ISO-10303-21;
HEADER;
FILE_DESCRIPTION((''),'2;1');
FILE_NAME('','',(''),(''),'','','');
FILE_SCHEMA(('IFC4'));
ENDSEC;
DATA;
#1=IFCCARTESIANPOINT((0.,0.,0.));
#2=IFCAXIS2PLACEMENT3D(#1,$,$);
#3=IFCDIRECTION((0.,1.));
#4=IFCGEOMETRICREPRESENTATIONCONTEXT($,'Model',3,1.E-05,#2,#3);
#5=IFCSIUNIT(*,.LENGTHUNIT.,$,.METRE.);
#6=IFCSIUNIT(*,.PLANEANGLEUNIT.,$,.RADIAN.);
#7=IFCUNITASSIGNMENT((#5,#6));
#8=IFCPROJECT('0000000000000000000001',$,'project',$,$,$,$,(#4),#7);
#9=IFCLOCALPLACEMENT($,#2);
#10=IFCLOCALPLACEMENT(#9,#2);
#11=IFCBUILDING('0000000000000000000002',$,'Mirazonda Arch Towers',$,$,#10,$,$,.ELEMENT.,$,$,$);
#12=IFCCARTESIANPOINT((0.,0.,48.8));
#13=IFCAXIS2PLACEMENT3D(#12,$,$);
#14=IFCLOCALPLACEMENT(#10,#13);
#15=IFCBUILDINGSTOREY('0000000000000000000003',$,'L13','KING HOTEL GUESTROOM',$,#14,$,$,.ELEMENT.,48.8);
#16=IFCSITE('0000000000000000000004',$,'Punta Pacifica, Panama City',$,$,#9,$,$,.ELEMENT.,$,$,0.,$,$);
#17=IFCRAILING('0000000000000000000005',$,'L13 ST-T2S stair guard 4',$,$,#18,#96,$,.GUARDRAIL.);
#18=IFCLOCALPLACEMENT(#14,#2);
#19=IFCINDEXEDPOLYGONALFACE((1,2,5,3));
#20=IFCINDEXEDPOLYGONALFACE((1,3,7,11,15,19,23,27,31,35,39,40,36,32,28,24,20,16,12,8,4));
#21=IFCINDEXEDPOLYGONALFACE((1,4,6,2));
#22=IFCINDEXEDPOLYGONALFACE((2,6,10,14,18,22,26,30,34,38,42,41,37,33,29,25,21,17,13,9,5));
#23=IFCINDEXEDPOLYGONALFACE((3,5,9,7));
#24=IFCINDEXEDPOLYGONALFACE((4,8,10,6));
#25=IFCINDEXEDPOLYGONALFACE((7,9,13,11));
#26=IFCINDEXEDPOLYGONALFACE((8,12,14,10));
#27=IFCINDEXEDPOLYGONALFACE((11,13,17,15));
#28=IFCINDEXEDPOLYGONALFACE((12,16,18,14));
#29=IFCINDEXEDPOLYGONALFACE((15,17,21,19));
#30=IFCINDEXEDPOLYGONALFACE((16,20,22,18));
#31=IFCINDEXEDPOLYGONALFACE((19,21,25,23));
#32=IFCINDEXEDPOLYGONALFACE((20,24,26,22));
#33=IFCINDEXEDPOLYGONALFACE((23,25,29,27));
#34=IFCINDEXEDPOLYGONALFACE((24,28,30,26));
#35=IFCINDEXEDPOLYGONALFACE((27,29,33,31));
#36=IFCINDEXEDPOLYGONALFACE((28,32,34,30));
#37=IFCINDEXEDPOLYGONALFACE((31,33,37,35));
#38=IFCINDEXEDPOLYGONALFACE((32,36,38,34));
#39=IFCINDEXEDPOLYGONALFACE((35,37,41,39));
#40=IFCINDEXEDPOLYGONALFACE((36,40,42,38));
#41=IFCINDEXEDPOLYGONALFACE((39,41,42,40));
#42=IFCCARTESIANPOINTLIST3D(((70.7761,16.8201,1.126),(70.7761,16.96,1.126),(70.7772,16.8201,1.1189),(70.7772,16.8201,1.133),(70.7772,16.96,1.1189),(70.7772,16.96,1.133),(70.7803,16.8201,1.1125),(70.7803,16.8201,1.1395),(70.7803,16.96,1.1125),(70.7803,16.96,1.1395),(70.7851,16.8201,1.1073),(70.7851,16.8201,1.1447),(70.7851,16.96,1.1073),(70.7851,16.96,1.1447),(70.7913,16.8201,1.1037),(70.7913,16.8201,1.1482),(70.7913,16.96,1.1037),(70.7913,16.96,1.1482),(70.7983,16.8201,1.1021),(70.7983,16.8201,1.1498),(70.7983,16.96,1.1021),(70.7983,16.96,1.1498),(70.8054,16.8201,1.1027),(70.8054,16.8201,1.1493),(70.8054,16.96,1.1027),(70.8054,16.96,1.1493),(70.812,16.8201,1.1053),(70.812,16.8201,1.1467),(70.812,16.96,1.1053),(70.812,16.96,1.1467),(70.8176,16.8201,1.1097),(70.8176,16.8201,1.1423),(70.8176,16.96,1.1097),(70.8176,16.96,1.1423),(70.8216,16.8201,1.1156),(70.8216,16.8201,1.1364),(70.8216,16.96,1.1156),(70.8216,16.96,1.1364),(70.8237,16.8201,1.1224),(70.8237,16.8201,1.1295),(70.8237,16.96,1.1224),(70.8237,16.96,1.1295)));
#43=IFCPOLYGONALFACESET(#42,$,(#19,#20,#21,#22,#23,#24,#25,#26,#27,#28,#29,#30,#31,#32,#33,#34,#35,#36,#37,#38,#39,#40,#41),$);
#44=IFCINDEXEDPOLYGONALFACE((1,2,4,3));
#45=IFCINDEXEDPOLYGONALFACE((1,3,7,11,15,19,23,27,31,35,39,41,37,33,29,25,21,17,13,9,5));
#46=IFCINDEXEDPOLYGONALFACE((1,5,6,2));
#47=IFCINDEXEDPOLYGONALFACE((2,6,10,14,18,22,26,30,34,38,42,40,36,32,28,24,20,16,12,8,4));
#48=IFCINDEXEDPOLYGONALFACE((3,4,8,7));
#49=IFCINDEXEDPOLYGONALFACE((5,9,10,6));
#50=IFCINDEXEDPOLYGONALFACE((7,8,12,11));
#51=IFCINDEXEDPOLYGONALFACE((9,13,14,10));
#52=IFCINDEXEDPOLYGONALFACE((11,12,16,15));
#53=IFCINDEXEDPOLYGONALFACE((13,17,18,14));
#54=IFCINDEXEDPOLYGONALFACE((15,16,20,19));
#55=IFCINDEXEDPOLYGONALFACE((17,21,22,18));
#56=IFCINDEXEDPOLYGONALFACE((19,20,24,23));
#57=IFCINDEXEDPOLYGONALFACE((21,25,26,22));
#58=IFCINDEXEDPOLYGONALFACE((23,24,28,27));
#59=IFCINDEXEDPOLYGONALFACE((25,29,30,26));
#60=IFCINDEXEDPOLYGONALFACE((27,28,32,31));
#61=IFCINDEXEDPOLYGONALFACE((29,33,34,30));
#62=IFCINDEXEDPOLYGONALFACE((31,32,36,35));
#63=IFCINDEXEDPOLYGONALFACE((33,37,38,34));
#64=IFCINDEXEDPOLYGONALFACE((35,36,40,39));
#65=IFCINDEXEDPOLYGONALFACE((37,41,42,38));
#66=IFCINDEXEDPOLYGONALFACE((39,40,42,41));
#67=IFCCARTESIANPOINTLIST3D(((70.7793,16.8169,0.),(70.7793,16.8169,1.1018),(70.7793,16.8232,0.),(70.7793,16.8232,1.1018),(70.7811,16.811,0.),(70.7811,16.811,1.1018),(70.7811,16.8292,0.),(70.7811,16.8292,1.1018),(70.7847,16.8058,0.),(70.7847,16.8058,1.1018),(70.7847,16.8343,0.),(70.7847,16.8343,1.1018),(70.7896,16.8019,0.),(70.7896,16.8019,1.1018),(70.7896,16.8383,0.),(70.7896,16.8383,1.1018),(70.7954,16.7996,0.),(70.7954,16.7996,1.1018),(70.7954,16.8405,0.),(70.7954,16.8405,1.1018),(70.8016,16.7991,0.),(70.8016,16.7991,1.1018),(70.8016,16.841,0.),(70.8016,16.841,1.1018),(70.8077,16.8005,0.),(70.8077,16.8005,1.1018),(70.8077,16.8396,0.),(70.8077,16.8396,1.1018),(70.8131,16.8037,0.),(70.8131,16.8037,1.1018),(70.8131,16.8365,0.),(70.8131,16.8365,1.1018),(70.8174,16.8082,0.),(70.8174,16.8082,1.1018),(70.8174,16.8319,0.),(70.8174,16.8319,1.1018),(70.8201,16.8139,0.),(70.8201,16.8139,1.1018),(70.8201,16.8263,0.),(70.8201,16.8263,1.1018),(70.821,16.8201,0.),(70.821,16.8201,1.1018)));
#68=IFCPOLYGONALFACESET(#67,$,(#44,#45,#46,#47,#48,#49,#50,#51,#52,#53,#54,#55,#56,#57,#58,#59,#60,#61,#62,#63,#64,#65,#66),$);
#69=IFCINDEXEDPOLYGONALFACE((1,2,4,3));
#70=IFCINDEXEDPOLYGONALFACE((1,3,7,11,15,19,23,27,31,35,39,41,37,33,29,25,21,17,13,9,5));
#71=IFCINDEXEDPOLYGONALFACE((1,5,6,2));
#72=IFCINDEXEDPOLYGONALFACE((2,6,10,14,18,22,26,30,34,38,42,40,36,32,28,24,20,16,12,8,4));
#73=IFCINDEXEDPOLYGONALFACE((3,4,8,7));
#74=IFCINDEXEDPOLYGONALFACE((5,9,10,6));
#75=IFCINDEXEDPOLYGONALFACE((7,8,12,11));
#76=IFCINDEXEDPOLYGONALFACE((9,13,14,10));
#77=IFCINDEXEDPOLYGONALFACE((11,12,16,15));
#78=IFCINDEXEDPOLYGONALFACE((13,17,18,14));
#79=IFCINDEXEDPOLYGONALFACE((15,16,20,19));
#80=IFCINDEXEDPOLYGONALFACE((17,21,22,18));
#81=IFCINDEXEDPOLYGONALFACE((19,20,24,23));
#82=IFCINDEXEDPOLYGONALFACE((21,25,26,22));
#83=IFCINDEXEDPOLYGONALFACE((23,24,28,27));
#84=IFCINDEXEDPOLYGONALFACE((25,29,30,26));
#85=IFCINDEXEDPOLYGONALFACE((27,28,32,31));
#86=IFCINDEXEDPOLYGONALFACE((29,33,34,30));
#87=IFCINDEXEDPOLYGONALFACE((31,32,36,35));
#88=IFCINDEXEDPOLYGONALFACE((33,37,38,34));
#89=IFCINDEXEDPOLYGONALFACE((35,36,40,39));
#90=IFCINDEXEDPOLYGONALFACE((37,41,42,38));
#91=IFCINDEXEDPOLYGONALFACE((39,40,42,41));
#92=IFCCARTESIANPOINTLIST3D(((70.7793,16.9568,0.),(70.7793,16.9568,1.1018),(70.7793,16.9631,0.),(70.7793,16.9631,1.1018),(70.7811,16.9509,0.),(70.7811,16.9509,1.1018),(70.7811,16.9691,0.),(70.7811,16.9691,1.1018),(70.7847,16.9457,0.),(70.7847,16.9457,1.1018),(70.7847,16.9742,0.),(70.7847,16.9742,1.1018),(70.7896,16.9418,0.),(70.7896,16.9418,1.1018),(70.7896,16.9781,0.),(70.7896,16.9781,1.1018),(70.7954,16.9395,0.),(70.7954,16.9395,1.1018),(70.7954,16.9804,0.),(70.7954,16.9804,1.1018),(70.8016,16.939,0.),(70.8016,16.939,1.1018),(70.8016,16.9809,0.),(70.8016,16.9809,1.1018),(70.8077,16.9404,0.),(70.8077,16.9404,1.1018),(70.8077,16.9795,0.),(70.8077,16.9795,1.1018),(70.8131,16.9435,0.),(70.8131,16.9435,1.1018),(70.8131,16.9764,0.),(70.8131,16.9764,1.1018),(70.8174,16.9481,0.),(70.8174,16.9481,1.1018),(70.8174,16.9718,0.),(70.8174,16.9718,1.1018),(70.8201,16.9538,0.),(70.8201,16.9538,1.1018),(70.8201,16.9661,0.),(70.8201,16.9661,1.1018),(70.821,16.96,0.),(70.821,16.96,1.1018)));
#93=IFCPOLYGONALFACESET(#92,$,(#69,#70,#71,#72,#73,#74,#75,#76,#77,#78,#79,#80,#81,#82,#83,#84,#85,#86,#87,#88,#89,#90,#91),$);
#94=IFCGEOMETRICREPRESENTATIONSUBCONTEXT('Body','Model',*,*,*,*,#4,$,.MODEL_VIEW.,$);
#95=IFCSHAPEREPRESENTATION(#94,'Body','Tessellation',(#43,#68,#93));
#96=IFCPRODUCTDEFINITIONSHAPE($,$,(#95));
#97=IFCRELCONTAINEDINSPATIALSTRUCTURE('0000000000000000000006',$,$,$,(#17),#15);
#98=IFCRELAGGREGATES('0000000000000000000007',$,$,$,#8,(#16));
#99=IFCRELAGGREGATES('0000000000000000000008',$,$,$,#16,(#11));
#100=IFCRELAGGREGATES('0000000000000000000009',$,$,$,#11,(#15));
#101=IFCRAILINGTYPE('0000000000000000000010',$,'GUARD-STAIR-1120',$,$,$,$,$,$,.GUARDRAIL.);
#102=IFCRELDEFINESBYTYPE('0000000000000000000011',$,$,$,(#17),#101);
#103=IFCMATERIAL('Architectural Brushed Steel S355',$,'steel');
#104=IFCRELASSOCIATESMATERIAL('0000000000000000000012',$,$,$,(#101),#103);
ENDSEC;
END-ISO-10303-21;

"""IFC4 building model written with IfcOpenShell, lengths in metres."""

from ifc_helpers import new_model, si_unit, direction, frame, origin, origin_2d, place, context, subcontext, project, spatial, circle, extrude, material, type_object, element, save


model = new_model("IFC4")

# Units and contexts
model_context = context("Model", 3, precision=1e-05, world=origin(), true_north=direction((0.0, 1.0)))
body_context = subcontext(model_context, "Body", "Model", "MODEL_VIEW")
ifc_project = project(units=[si_unit("LENGTHUNIT", "METRE"), si_unit("PLANEANGLEUNIT", "RADIAN")], contexts=[model_context])

# Site, building, storey
site_placement = place(None, origin())
site = spatial("IfcSite", under=ifc_project, at=site_placement, Name="Punta Pacifica, Panama City", CompositionType="ELEMENT", RefElevation=0.0)
building_placement = place(site_placement, origin())
building = spatial("IfcBuilding", under=site, at=building_placement, Name="Mirazonda Arch Towers", CompositionType="ELEMENT")
storey_placement = place(building_placement, frame((0.0, 0.0, 48.8)))
storey = spatial("IfcBuildingStorey", under=building, at=storey_placement, Name="L13", Description="KING HOTEL GUESTROOM", CompositionType="ELEMENT", Elevation=48.8)

# Railing
ifc_material_1 = material(Name="Architectural Brushed Steel S355", Category="steel")
railing_type_1 = type_object("IfcRailingType", Name="GUARD-STAIR-1120", PredefinedType="GUARDRAIL", material=ifc_material_1)
railing_1_placement = place(storey_placement, frame((70.8, 16.8201, 0.0)))
element("IfcRailing", 1, at=railing_1_placement, inside=storey, type_object=railing_type_1, Name="L13 ST-T2S stair guard 4", PredefinedType="GUARDRAIL", context=body_context, shape_type="SweptSolid", body=[
    extrude(circle(Radius=0.0239, at=origin_2d()), frame((0.0, 0.0, 1.126), z_axis=(0.0, 1.0, 0.0), x_axis=(-1.0, 0.0, 0.0)), (0.0, 0.0, 1.0), 0.1399),
    extrude(circle(Radius=0.021, at=origin_2d()), origin(), (0.0, 0.0, 1.0), 1.1018),
    extrude(circle(Radius=0.021, at=origin_2d()), frame((0.0, 0.1399, 0.0)), (0.0, 0.0, 1.0), 1.1018),
])

save(model, "model.ifc")
